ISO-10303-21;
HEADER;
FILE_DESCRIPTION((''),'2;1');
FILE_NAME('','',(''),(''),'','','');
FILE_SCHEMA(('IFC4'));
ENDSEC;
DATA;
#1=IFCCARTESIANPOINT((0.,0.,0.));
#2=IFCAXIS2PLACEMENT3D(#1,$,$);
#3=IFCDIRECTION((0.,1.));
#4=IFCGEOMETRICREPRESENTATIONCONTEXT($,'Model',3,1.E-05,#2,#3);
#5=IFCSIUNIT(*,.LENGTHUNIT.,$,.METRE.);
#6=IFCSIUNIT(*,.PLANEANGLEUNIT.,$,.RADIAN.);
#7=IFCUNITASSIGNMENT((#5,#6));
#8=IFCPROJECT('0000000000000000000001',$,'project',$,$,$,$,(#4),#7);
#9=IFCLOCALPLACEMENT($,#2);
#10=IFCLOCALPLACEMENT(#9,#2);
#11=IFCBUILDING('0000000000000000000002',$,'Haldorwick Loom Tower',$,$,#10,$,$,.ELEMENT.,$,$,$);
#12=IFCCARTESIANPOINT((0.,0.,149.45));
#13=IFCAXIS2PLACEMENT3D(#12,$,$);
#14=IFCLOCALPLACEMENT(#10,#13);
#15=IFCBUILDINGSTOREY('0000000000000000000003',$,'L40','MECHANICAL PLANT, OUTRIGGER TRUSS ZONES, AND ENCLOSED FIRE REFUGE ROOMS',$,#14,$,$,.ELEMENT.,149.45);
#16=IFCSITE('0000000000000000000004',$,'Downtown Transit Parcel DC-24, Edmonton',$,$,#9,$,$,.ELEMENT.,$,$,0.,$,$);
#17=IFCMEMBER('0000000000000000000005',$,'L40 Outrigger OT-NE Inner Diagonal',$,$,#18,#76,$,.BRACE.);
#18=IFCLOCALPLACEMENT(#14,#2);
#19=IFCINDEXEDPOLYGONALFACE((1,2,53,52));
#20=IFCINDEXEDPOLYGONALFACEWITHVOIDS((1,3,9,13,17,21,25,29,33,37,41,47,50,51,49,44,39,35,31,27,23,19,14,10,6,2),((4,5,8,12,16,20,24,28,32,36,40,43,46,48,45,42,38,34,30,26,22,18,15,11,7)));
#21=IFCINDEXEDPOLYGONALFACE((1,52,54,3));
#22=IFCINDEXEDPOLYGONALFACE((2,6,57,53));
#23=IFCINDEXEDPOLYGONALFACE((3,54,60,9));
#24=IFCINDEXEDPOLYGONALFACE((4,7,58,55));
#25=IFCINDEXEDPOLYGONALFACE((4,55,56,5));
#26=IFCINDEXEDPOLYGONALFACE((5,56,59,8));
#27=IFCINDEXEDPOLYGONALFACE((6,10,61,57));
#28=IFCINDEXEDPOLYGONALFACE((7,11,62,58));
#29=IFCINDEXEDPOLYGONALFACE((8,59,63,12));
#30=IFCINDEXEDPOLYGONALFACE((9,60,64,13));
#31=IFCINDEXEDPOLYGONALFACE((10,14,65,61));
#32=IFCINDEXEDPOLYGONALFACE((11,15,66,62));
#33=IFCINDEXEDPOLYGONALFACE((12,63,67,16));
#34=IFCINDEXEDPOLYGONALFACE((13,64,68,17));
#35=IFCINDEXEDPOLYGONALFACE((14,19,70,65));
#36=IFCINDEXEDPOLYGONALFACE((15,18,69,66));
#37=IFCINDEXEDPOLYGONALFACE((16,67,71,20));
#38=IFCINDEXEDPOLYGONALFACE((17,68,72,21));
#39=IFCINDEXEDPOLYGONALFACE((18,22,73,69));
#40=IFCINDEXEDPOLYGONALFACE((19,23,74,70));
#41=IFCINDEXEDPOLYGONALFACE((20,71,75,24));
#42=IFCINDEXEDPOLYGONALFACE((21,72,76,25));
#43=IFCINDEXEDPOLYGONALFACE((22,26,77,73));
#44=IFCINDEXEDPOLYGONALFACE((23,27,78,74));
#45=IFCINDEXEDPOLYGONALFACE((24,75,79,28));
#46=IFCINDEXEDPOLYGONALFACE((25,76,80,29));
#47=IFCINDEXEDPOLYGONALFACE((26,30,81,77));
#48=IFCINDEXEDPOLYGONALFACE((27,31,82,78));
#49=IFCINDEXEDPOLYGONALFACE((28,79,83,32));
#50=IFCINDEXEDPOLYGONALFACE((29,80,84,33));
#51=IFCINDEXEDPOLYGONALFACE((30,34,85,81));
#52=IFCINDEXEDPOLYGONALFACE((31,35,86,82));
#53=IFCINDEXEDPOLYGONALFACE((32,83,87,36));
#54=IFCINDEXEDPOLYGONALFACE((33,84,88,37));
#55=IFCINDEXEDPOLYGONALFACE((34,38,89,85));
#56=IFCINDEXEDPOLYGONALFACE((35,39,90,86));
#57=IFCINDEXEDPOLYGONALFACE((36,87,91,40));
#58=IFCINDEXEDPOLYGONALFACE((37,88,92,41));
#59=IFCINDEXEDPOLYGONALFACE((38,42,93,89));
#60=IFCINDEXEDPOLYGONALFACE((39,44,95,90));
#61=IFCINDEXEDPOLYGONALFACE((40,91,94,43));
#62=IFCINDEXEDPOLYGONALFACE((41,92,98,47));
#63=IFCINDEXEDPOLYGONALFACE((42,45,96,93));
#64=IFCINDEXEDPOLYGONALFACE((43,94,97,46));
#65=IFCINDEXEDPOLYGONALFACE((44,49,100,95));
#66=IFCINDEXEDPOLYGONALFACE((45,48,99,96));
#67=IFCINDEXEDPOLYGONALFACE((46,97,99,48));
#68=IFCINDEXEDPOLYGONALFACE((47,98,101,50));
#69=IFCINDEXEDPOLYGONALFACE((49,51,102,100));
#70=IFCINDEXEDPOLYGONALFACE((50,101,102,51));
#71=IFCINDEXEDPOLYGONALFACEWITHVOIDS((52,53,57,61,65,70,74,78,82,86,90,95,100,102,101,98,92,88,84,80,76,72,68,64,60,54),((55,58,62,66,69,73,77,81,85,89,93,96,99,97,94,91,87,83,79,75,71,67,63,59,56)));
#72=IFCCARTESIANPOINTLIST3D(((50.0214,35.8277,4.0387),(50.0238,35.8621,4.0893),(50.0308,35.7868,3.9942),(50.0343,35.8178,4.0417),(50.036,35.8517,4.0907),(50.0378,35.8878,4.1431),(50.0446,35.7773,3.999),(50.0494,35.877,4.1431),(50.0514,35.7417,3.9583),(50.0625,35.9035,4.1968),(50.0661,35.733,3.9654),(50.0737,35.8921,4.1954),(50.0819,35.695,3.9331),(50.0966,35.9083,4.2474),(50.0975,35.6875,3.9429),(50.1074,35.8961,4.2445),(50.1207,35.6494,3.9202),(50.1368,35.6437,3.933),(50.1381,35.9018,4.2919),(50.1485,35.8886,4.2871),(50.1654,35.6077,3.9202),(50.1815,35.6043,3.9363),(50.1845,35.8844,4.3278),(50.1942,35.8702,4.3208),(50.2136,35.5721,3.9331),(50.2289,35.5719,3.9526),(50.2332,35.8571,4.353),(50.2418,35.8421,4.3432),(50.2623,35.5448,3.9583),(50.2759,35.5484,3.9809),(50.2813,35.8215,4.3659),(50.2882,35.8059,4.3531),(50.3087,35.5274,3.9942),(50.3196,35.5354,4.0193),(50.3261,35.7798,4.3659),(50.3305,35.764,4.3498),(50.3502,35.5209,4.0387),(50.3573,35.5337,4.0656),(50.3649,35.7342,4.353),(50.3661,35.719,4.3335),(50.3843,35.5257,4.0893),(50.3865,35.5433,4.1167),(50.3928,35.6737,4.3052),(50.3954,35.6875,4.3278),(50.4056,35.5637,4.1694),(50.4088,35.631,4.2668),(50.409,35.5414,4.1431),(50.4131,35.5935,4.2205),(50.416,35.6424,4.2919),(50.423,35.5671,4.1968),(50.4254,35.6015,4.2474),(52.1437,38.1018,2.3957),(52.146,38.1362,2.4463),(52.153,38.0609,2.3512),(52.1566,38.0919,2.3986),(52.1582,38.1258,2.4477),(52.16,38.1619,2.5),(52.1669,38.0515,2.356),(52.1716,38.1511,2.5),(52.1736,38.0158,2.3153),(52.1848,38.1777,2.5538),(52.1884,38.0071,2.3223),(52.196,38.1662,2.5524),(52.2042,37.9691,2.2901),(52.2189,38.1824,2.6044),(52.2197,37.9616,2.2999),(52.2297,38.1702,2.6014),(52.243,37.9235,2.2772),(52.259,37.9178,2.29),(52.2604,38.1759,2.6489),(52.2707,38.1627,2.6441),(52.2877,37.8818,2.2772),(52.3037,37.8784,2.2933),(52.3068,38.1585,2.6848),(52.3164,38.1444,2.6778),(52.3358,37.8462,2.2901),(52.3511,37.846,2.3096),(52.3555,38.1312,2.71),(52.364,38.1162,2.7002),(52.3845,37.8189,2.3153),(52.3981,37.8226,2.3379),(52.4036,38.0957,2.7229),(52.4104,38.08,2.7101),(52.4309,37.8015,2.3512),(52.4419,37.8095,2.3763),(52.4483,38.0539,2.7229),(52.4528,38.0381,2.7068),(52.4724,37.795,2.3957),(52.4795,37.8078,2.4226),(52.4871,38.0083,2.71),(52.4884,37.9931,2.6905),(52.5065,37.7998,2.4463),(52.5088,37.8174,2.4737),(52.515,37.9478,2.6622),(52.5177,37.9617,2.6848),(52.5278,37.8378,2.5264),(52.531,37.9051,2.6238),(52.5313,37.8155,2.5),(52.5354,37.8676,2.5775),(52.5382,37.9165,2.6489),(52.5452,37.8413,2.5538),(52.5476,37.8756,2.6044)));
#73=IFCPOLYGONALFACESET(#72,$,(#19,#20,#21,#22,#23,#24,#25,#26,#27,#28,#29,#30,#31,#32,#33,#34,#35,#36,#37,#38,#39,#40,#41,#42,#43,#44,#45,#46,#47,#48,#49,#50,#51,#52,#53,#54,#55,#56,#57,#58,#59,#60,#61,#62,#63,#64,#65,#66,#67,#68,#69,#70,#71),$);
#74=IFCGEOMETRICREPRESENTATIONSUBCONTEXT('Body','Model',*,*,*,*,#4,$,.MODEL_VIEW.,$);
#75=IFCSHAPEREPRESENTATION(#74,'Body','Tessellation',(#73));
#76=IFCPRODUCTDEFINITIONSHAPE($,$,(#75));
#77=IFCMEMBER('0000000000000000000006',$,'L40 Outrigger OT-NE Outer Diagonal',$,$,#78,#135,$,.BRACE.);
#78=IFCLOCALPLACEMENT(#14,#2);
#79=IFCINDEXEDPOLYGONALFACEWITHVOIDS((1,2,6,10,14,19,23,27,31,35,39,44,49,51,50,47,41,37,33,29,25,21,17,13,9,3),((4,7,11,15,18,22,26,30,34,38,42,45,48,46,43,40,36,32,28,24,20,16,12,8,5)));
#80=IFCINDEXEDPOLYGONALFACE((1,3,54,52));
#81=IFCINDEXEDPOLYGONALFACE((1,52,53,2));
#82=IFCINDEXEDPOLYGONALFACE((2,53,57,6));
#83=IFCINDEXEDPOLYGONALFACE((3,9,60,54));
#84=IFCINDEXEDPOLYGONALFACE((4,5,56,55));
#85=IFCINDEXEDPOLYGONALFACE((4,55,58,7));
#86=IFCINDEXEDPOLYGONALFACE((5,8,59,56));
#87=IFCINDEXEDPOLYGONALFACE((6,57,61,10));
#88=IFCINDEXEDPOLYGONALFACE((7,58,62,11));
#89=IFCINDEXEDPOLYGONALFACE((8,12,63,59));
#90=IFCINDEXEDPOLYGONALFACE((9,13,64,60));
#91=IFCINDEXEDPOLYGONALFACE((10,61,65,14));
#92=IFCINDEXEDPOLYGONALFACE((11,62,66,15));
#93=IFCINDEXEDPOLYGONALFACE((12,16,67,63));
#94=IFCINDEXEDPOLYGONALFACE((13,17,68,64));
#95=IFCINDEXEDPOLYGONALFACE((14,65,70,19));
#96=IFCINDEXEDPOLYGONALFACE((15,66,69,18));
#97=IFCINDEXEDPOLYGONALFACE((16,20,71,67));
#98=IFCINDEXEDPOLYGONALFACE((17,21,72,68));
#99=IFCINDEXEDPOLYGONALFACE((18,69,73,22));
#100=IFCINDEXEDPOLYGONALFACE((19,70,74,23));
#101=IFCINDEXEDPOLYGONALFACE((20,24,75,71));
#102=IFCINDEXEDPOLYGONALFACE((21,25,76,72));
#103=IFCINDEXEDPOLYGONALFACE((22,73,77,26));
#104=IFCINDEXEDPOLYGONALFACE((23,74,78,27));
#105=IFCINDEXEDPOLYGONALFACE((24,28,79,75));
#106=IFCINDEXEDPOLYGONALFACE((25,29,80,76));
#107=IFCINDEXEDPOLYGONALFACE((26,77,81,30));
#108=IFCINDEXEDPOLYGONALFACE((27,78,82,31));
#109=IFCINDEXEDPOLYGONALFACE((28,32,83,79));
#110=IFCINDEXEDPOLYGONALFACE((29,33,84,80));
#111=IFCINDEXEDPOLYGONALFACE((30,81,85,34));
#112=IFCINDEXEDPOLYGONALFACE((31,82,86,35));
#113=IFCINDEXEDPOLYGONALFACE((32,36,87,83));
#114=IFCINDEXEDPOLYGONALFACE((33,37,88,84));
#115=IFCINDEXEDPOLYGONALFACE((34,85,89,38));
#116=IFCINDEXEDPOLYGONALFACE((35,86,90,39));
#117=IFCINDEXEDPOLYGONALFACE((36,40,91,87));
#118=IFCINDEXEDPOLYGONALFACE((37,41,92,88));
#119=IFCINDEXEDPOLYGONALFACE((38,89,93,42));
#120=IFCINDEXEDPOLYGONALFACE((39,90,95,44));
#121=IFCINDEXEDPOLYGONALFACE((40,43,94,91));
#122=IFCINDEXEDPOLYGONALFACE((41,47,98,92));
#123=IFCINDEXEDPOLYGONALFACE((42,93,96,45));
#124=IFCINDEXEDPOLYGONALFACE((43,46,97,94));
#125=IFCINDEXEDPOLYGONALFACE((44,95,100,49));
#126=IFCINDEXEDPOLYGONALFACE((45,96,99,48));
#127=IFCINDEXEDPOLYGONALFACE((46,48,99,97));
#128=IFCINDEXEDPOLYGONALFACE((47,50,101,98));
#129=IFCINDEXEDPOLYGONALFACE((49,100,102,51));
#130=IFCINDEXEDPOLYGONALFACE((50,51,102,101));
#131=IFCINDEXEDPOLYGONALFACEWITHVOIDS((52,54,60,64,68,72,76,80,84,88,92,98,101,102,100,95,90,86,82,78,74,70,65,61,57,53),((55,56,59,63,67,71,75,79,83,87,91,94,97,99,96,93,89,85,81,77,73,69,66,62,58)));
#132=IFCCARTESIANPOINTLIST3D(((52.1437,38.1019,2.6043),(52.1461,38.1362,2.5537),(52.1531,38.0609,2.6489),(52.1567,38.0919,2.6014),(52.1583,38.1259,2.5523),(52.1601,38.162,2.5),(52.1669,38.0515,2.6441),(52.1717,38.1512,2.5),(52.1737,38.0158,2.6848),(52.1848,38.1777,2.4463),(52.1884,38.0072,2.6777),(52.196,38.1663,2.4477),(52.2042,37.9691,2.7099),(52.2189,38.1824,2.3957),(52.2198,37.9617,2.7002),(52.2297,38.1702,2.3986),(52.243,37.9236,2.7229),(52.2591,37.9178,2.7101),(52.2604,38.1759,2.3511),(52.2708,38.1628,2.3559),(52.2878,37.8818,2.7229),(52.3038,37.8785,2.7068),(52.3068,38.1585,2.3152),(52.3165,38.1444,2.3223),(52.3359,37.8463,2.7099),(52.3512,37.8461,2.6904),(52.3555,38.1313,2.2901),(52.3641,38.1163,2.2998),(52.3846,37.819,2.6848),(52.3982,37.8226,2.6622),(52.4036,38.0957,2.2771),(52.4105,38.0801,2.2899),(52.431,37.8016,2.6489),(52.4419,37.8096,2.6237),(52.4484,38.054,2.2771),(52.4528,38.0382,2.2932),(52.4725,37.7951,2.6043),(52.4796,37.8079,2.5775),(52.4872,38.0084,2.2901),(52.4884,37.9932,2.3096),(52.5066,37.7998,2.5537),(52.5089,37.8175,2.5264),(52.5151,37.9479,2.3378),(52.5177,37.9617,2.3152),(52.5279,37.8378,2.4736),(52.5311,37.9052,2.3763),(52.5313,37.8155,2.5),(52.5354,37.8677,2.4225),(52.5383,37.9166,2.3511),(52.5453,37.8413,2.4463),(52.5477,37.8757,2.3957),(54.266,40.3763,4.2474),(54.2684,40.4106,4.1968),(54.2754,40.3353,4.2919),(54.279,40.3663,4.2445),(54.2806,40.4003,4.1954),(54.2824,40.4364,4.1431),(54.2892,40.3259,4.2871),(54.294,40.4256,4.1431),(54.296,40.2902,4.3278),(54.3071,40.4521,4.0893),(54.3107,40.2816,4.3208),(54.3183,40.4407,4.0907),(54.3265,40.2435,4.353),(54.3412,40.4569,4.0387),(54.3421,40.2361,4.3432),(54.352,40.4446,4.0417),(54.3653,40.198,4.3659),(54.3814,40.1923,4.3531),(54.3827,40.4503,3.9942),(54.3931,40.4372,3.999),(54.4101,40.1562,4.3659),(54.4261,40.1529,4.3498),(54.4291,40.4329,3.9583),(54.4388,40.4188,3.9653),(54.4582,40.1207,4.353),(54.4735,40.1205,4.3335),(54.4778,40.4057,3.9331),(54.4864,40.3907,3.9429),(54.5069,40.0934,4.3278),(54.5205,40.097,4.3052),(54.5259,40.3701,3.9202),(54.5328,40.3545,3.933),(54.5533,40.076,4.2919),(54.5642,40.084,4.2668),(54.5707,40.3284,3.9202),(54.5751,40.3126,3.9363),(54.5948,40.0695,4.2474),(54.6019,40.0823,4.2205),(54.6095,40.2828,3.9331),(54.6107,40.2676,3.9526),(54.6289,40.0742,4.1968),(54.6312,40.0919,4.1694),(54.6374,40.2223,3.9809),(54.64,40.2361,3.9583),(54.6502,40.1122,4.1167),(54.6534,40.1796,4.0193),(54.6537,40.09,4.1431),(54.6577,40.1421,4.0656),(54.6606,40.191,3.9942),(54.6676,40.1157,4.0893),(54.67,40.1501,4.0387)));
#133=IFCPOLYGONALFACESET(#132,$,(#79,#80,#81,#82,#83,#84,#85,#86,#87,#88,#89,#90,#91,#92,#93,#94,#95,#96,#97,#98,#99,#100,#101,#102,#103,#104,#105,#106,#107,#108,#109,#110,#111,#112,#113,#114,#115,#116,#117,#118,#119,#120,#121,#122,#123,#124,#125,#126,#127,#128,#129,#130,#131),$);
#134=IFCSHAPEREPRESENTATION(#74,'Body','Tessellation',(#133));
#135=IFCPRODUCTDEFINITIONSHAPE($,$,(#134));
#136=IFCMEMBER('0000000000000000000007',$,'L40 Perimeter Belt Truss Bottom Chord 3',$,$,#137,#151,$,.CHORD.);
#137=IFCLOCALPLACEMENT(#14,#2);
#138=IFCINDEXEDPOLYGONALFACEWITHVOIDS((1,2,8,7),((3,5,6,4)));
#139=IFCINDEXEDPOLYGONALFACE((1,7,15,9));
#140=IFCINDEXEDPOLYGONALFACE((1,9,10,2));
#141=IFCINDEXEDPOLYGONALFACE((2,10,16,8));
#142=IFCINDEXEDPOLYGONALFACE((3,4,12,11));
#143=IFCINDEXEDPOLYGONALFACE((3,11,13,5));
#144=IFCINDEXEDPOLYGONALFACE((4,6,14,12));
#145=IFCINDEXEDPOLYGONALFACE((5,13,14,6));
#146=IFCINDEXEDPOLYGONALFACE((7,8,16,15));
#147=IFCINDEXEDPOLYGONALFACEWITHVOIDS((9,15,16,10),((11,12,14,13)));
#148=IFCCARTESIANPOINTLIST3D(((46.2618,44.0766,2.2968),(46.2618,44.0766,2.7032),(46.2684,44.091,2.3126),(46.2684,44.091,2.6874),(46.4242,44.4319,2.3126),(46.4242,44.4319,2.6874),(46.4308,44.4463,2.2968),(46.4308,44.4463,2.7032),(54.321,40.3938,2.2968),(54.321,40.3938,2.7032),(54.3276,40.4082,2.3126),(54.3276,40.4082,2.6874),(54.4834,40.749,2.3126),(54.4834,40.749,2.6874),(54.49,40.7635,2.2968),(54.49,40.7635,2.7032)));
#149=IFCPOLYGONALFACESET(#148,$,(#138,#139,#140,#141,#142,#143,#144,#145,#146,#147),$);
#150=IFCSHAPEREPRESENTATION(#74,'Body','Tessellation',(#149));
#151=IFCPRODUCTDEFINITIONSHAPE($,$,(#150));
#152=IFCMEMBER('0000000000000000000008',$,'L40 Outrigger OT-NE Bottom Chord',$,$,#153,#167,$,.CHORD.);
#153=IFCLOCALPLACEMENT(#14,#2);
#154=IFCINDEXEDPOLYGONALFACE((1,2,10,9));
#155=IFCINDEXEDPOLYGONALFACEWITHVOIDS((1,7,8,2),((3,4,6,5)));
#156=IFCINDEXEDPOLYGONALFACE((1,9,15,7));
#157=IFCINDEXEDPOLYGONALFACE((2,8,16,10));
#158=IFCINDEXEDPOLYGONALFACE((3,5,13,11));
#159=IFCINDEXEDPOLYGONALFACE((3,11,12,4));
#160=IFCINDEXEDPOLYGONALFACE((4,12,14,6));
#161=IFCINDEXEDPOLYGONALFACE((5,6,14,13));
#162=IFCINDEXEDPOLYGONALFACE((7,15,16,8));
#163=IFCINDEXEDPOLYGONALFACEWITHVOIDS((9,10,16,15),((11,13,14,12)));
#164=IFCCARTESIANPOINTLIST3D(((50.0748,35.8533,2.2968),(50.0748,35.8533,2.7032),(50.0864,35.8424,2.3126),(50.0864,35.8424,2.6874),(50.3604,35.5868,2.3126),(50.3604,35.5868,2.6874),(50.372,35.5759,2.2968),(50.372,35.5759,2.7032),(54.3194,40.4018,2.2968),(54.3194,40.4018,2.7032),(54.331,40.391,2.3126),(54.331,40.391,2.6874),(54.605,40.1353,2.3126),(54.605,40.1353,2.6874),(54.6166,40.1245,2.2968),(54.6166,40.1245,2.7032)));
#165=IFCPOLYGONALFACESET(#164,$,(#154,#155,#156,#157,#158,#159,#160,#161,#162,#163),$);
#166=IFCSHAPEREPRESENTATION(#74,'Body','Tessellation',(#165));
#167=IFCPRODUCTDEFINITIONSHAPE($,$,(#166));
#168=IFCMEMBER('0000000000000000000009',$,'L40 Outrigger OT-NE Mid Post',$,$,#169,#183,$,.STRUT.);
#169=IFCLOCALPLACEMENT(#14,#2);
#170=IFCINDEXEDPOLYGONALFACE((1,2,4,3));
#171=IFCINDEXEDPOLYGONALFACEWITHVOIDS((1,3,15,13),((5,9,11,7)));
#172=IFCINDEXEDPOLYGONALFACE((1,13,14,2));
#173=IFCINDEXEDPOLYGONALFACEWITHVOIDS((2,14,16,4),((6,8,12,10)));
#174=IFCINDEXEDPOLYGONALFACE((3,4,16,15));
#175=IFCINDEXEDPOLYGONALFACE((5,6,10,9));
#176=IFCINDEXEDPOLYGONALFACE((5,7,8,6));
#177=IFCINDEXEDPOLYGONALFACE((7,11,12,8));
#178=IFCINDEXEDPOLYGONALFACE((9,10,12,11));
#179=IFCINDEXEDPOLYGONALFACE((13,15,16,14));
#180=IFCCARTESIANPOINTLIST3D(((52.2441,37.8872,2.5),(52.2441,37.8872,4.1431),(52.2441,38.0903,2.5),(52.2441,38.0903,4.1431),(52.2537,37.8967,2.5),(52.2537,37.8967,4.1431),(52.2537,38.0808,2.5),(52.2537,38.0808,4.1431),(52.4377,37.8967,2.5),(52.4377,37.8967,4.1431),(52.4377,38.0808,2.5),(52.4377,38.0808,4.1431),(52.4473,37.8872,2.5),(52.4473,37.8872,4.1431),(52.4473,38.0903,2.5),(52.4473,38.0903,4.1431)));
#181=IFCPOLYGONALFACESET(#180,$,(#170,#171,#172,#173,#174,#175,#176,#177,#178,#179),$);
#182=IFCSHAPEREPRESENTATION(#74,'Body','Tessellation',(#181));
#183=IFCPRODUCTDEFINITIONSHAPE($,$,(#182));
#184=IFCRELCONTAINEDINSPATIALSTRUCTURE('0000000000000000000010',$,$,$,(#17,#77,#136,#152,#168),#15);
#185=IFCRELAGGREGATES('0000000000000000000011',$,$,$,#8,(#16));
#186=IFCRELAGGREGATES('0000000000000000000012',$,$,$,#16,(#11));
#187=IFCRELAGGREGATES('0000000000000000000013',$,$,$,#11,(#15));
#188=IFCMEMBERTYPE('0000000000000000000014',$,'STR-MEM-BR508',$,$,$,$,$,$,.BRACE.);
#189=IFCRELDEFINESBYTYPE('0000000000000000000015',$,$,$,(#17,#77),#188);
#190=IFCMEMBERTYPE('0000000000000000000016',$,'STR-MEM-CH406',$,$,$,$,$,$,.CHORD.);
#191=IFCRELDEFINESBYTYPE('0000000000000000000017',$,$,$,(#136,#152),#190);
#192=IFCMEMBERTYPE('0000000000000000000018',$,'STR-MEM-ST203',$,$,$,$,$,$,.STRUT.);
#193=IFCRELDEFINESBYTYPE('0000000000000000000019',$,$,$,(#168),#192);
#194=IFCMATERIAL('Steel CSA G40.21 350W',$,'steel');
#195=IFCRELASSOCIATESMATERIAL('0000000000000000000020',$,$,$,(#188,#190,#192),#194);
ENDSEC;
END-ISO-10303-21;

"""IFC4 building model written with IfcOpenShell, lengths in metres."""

from ifc_helpers import new_model, si_unit, direction, frame, origin, origin_2d, place, context, subcontext, project, spatial, hollow_rectangle, hollow_circle, extrude, material, material_profile, profile_set, type_object, element, save


model = new_model("IFC4")

# Units and contexts
model_context = context("Model", 3, precision=1e-05, world=origin(), true_north=direction((0.0, 1.0)))
body_context = subcontext(model_context, "Body", "Model", "MODEL_VIEW")
ifc_project = project(units=[si_unit("LENGTHUNIT", "METRE"), si_unit("PLANEANGLEUNIT", "RADIAN")], contexts=[model_context])

# Site, building, storey
site_placement = place(None, origin())
site = spatial("IfcSite", under=ifc_project, at=site_placement, Name="Downtown Transit Parcel DC-24, Edmonton", CompositionType="ELEMENT", RefElevation=0.0)
building_placement = place(site_placement, origin())
building = spatial("IfcBuilding", under=site, at=building_placement, Name="Haldorwick Loom Tower", CompositionType="ELEMENT")
storey_placement = place(building_placement, frame((0.0, 0.0, 149.45)))
storey = spatial("IfcBuildingStorey", under=building, at=storey_placement, Name="L40", Description="MECHANICAL PLANT, OUTRIGGER TRUSS ZONES, AND ENCLOSED FIRE REFUGE ROOMS", CompositionType="ELEMENT", Elevation=149.45)

# Shared definitions
ifc_material_1 = material(Name="Steel CSA G40.21 350W", Category="steel")

# Members
ifc_material_profile_1 = material_profile(ifc_material_1, hollow_circle(Radius=0.2539, WallThickness=0.0159, at=origin_2d()), Name="HSS508X16", Category="steel")
ifc_profile_set_1 = profile_set([ifc_material_profile_1], Name="Steel CSA G40.21 350W")
member_type_1 = type_object("IfcMemberType", Name="STR-MEM-BR508", PredefinedType="BRACE", material=ifc_profile_set_1)
member_1_placement = place(storey_placement, frame((50.2234, 35.7146, 4.1431), z_axis=(0.603287, 0.646454, -0.467057), x_axis=(-0.731094, 0.682276, 0.0)))
element("IfcMember", 1, at=member_1_placement, inside=storey, type_object=member_type_1, Name="L40 Outrigger OT-NE Inner Diagonal", PredefinedType="BRACE", context=body_context, shape_type="SweptSolid", body=[
    extrude(hollow_circle(Radius=0.2539, WallThickness=0.0159, at=origin_2d()), origin(), (0.0, 0.0, 1.0), 3.5178),
])
member_2_placement = place(storey_placement, frame((52.3457, 37.9888, 2.5), z_axis=(0.60326, 0.646494, 0.467036), x_axis=(-0.731131, 0.682237, 0.0)))
element("IfcMember", 2, at=member_2_placement, inside=storey, type_object=member_type_1, Name="L40 Outrigger OT-NE Outer Diagonal", PredefinedType="BRACE", context=body_context, shape_type="SweptSolid", body=[
    extrude(hollow_circle(Radius=0.2539, WallThickness=0.0159, at=origin_2d()), origin(), (0.0, 0.0, 1.0), 3.5181),
])
ifc_material_profile_2 = material_profile(ifc_material_1, hollow_rectangle(XDim=0.4065, YDim=0.4065, WallThickness=0.0159, at=origin_2d()), Name="HSS406X406X16", Category="steel")
ifc_profile_set_2 = profile_set([ifc_material_profile_2], Name="Steel CSA G40.21 350W")
member_type_2 = type_object("IfcMemberType", Name="STR-MEM-CH406", PredefinedType="CHORD", material=ifc_profile_set_2)
member_3_placement = place(storey_placement, frame((54.4055, 40.5786, 2.5), z_axis=(-0.909534, 0.415629, 0.0), x_axis=(-0.415629, -0.909534, 0.0)))
element("IfcMember", 3, at=member_3_placement, inside=storey, type_object=member_type_2, Name="L40 Perimeter Belt Truss Bottom Chord 3", PredefinedType="CHORD", context=body_context, shape_type="SweptSolid", body=[
    extrude(hollow_rectangle(XDim=0.4065, YDim=0.4065, WallThickness=0.0159, at=origin_2d()), origin(), (0.0, 0.0, 1.0), 8.8608),
])
member_4_placement = place(storey_placement, frame((50.2234, 35.7146, 2.5), z_axis=(0.682257, 0.731113, 0.0), x_axis=(-0.731113, 0.682257, 0.0)))
element("IfcMember", 4, at=member_4_placement, inside=storey, type_object=member_type_2, Name="L40 Outrigger OT-NE Bottom Chord", PredefinedType="CHORD", context=body_context, shape_type="SweptSolid", body=[
    extrude(hollow_rectangle(XDim=0.4065, YDim=0.4065, WallThickness=0.0159, at=origin_2d()), origin(), (0.0, 0.0, 1.0), 6.2214),
])
ifc_material_profile_3 = material_profile(ifc_material_1, hollow_rectangle(XDim=0.2031, YDim=0.2031, WallThickness=0.0095, at=origin_2d()), Name="HSS203X203X10", Category="steel")
ifc_profile_set_3 = profile_set([ifc_material_profile_3], Name="Steel CSA G40.21 350W")
member_type_3 = type_object("IfcMemberType", Name="STR-MEM-ST203", PredefinedType="STRUT", material=ifc_profile_set_3)
member_5_placement = place(storey_placement, frame((52.3457, 37.9888, 2.5), z_axis=(0.0, 0.0, 1.0), x_axis=(1.0, 0.0, 0.0)))
element("IfcMember", 5, at=member_5_placement, inside=storey, type_object=member_type_3, Name="L40 Outrigger OT-NE Mid Post", PredefinedType="STRUT", context=body_context, shape_type="SweptSolid", body=[
    extrude(hollow_rectangle(XDim=0.2031, YDim=0.2031, WallThickness=0.0095, at=origin_2d()), origin(), (0.0, 0.0, 1.0), 1.6431),
])

save(model, "model.ifc")
